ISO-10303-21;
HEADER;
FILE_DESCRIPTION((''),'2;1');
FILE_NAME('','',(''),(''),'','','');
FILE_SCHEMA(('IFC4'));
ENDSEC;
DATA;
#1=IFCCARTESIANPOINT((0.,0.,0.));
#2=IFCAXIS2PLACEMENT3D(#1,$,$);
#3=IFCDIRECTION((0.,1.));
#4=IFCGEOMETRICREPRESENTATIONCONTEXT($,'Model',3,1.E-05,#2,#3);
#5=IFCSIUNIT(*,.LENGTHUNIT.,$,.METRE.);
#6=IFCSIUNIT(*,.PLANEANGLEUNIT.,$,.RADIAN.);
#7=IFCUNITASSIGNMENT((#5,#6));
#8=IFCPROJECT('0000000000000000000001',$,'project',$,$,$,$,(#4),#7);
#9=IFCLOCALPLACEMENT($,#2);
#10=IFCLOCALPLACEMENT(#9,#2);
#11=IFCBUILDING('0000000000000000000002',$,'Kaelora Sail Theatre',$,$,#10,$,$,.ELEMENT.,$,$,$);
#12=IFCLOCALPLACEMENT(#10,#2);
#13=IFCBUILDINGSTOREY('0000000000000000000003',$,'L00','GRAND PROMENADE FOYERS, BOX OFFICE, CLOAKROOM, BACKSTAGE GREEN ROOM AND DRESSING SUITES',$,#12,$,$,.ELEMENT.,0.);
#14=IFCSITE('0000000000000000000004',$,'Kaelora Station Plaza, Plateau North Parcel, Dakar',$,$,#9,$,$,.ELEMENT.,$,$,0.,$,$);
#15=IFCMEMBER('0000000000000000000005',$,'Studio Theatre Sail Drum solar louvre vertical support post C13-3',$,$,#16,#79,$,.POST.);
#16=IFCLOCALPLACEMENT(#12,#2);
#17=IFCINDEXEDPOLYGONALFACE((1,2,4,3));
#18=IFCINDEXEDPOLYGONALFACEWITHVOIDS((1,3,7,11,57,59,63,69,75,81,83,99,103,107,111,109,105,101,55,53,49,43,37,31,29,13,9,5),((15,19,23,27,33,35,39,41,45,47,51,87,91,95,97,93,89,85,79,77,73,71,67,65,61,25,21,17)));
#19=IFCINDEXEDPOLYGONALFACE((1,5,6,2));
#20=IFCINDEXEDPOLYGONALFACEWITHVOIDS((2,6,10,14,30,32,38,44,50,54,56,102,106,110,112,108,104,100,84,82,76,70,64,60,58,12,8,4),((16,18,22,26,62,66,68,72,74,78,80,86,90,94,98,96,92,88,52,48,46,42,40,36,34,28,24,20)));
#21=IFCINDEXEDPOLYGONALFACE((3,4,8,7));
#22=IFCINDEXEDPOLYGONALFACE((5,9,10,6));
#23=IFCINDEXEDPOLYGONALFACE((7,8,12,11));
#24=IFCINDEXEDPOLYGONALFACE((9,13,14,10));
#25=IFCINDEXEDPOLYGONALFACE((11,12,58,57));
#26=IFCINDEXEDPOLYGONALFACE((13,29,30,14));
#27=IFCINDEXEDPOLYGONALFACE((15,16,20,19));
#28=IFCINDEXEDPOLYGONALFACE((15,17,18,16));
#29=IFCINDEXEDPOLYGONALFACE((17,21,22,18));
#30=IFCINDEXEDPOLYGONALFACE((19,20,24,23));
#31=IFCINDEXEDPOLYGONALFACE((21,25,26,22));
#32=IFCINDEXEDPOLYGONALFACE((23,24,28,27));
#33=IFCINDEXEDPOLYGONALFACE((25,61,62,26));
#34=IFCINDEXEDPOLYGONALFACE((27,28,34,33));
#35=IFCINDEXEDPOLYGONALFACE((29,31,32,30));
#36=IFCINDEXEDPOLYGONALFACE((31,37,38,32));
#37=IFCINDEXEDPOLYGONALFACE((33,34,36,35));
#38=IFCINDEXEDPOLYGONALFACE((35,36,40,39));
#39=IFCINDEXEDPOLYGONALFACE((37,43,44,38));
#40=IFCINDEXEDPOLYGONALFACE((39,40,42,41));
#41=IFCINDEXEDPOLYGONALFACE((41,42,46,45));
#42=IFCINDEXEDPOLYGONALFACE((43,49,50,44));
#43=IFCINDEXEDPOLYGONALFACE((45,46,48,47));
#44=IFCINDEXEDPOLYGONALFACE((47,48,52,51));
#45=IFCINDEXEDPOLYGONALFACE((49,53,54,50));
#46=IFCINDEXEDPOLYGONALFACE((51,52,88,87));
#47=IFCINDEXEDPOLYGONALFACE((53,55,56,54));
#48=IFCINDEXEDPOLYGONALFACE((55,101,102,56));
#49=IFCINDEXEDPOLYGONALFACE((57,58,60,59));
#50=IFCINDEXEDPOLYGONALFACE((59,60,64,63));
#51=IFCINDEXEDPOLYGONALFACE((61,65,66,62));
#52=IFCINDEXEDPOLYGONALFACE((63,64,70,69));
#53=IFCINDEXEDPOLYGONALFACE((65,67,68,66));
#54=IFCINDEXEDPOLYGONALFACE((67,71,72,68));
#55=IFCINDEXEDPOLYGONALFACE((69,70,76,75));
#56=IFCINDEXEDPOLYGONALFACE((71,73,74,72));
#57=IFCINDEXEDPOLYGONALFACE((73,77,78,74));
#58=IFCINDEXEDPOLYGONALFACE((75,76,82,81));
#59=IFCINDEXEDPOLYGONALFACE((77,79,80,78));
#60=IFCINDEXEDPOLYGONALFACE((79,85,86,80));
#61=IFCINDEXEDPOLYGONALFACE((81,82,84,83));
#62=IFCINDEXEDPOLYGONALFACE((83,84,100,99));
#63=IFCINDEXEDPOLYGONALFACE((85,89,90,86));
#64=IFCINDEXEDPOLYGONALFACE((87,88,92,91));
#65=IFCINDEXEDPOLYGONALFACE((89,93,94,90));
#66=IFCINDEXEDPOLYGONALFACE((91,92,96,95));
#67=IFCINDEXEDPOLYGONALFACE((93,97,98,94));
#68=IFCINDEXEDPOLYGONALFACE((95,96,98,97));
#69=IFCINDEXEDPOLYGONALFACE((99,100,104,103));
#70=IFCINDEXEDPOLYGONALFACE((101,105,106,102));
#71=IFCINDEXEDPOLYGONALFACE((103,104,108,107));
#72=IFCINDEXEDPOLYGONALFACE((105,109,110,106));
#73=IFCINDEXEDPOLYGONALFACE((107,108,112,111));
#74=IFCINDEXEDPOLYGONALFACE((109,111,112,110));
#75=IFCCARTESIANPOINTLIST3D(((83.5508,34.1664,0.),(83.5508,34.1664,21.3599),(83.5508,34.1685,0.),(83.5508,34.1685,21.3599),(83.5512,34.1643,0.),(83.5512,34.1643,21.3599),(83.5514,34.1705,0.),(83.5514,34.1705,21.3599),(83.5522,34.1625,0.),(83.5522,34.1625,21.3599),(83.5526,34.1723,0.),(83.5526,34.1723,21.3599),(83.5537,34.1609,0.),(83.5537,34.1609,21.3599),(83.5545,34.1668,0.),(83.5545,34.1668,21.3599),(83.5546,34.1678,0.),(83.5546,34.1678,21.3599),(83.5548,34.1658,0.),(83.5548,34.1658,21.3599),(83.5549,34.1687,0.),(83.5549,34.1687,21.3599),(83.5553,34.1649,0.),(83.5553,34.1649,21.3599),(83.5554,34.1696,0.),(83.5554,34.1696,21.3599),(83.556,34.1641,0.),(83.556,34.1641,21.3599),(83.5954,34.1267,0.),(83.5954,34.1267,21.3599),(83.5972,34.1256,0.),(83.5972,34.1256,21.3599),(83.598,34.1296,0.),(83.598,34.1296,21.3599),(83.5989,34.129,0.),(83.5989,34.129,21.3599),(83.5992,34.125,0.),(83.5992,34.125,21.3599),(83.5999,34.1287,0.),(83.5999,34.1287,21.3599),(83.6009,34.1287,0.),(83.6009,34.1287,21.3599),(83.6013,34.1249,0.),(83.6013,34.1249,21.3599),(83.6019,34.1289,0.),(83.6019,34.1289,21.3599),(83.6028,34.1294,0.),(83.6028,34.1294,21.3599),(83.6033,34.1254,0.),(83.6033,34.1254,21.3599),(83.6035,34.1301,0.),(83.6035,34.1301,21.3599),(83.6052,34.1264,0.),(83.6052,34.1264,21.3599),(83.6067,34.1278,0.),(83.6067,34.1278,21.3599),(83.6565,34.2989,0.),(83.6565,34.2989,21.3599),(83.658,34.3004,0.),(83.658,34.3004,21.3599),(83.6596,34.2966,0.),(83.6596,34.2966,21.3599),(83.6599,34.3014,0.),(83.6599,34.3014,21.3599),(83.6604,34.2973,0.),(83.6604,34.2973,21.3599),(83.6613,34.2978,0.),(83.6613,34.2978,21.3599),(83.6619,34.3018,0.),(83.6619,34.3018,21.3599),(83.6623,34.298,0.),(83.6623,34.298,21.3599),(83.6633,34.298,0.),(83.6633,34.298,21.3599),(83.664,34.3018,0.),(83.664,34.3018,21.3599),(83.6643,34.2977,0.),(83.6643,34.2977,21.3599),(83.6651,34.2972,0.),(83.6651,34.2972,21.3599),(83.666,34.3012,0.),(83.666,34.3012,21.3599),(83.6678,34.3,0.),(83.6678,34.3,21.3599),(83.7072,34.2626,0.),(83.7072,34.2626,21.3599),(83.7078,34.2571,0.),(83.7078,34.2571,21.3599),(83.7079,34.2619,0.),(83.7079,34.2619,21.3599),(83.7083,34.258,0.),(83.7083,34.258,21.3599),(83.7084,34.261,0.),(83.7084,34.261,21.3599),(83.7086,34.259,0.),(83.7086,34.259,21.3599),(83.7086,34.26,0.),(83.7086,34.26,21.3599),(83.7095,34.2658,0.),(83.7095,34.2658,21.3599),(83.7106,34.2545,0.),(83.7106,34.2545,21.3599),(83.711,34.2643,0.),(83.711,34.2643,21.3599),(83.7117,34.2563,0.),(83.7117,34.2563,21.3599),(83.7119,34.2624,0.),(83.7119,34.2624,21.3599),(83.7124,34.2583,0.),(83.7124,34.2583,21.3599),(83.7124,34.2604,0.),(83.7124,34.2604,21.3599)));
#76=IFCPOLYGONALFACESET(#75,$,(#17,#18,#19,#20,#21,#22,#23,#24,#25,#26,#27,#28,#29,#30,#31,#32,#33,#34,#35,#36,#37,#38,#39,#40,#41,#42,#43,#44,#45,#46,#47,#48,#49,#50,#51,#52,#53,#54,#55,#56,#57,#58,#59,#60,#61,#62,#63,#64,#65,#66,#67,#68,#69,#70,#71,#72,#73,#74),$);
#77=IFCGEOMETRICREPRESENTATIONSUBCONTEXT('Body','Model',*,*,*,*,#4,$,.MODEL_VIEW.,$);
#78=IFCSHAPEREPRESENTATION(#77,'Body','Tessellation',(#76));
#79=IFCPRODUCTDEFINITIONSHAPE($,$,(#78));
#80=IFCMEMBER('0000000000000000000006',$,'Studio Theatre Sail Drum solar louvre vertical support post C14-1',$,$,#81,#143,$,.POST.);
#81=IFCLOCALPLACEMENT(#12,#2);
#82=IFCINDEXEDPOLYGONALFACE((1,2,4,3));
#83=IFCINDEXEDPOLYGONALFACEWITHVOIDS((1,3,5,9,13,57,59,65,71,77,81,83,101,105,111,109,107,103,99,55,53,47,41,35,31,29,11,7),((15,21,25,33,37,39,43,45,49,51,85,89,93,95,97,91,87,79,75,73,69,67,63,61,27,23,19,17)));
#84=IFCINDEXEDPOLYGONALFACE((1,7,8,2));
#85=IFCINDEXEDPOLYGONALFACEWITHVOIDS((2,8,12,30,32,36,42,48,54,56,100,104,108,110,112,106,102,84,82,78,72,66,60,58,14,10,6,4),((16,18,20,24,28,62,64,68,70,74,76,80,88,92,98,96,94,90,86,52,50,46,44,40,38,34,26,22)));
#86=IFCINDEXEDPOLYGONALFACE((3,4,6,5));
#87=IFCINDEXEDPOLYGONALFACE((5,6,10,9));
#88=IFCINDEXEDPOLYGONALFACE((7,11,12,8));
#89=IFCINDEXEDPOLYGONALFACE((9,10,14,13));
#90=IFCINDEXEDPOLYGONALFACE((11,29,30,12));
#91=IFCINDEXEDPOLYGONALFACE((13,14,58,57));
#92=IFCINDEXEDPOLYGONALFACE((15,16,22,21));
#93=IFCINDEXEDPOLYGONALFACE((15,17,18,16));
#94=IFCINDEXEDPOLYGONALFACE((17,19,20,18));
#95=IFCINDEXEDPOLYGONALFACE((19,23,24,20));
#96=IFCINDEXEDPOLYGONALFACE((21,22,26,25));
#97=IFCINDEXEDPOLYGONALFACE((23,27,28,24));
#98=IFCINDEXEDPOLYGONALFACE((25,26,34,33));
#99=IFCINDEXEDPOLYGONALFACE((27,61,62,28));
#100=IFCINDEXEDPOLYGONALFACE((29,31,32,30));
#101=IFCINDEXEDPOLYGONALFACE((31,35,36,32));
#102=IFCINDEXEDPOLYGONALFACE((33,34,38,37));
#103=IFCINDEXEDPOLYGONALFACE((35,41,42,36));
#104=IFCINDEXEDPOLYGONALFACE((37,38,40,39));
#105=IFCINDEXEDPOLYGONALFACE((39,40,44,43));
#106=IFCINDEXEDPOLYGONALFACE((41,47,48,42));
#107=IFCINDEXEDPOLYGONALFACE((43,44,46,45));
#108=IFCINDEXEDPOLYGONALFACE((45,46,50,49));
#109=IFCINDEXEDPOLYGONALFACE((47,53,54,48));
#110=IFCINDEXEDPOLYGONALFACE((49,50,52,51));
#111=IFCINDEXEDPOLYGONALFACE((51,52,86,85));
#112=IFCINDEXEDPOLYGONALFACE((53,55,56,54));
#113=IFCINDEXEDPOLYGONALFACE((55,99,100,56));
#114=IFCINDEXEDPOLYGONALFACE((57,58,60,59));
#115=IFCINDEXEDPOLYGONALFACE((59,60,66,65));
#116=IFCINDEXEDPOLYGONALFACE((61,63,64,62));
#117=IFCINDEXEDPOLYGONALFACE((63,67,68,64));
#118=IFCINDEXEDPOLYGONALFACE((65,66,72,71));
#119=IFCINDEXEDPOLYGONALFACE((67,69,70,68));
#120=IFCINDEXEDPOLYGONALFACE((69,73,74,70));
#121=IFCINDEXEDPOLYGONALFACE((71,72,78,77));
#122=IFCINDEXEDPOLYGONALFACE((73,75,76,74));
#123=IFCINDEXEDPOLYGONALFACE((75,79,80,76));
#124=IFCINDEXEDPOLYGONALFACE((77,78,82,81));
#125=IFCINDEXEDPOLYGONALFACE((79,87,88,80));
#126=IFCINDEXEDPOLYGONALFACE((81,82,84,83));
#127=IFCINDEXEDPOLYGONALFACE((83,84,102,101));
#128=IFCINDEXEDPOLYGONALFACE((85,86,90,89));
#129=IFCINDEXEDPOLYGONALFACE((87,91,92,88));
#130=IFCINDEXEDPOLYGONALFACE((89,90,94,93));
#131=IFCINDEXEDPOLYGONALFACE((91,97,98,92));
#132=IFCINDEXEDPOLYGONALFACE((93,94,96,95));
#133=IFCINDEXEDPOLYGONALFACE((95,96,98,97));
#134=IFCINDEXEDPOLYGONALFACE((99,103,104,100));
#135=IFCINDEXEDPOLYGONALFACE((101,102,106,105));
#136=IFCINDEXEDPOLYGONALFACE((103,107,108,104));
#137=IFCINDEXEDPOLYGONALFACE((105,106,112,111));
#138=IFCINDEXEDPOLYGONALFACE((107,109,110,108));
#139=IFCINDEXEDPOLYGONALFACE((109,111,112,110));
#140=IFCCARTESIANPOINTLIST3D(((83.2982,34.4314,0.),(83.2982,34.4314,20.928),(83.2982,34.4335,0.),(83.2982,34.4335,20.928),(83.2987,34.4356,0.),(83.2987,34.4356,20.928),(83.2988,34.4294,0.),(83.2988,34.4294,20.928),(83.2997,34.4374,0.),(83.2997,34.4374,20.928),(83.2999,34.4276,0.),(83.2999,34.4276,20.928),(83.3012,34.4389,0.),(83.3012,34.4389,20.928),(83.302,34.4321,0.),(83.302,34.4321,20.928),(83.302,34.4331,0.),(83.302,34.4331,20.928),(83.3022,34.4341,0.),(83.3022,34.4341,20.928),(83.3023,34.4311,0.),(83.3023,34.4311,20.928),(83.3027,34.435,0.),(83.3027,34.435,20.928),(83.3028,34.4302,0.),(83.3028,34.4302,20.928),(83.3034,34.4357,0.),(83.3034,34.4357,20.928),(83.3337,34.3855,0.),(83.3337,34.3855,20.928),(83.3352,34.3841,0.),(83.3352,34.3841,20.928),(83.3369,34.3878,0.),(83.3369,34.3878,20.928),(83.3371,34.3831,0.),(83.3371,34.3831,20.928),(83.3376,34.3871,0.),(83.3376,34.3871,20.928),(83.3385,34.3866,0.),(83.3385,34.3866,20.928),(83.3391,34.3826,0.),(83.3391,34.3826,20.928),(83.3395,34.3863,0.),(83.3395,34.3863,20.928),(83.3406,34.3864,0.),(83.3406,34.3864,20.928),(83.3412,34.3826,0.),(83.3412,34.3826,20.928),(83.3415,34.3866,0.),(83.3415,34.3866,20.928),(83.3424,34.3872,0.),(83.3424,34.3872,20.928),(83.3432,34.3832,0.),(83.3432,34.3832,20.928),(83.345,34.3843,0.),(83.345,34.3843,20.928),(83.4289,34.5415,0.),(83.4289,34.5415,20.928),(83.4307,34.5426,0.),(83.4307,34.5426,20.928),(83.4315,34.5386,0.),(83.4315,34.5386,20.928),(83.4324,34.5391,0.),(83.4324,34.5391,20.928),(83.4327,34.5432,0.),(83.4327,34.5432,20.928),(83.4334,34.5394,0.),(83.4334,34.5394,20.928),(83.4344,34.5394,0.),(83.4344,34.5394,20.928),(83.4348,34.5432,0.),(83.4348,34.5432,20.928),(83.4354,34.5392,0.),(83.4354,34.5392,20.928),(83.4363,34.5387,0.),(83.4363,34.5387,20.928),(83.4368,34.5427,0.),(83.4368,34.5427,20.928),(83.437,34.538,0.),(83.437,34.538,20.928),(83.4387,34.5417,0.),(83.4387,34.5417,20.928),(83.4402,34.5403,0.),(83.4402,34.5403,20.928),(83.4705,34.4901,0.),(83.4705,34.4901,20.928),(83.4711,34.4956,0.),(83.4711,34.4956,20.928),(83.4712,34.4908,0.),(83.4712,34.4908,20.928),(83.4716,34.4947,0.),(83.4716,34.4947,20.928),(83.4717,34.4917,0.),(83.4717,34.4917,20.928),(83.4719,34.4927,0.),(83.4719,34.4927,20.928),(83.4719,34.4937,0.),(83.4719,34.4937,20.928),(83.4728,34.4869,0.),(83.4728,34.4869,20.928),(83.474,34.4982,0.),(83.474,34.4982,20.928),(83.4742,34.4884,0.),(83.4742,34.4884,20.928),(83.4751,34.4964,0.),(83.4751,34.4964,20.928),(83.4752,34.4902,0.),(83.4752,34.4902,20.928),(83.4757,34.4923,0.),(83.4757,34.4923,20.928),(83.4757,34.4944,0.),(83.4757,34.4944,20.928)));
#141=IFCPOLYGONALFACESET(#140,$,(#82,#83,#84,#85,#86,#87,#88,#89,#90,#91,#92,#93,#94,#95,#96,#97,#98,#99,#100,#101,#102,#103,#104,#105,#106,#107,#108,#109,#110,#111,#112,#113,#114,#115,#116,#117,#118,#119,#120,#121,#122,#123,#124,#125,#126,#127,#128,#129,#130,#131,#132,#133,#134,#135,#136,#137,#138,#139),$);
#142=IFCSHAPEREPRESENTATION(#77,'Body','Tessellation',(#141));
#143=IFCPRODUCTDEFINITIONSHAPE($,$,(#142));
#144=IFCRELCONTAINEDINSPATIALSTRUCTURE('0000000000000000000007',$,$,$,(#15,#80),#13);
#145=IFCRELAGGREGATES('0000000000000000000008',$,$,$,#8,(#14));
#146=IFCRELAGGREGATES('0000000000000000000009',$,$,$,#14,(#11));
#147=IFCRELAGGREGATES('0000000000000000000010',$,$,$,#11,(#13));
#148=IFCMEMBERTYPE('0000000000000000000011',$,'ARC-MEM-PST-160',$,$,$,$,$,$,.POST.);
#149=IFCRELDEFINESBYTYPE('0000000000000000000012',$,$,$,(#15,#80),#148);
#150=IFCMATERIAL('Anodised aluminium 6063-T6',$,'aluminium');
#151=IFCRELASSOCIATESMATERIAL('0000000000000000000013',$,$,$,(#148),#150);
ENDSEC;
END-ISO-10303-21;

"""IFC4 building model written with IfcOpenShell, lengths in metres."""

from ifc_helpers import new_model, si_unit, direction, frame, origin, origin_2d, place, context, subcontext, project, spatial, hollow_rectangle, extrude, material, material_profile, profile_set, type_object, element, save


model = new_model("IFC4")

# Units and contexts
model_context = context("Model", 3, precision=1e-05, world=origin(), true_north=direction((0.0, 1.0)))
body_context = subcontext(model_context, "Body", "Model", "MODEL_VIEW")
ifc_project = project(units=[si_unit("LENGTHUNIT", "METRE"), si_unit("PLANEANGLEUNIT", "RADIAN")], contexts=[model_context])

# Site, building, storey
site_placement = place(None, origin())
site = spatial("IfcSite", under=ifc_project, at=site_placement, Name="Kaelora Station Plaza, Plateau North Parcel, Dakar", CompositionType="ELEMENT", RefElevation=0.0)
building_placement = place(site_placement, origin())
building = spatial("IfcBuilding", under=site, at=building_placement, Name="Kaelora Sail Theatre", CompositionType="ELEMENT")
storey_placement = place(building_placement, origin())
storey = spatial("IfcBuildingStorey", under=building, at=storey_placement, Name="L00", Description="GRAND PROMENADE FOYERS, BOX OFFICE, CLOAKROOM, BACKSTAGE GREEN ROOM AND DRESSING SUITES", CompositionType="ELEMENT", Elevation=0.0)

# Members
ifc_material_1 = material(Name="Anodised aluminium 6063-T6", Category="aluminium")
ifc_material_profile_1 = material_profile(ifc_material_1, hollow_rectangle(XDim=0.0701, YDim=0.1799, WallThickness=0.0039, InnerFilletRadius=0.0039, OuterFilletRadius=0.0081, at=origin_2d()), Name="ALU-MULL 70x180x4")
ifc_profile_set_1 = profile_set([ifc_material_profile_1], Name="Anodised aluminium 6063-T6")
member_type_1 = type_object("IfcMemberType", Name="ARC-MEM-PST-160", PredefinedType="POST", material=ifc_profile_set_1)
member_placement = place(storey_placement, frame((83.6316, 34.2134, 0.0), z_axis=(0.0, 0.0, 1.0), x_axis=(-0.773066, 0.634326, 0.0)))
element("IfcMember", 1, at=member_placement, inside=storey, type_object=member_type_1, Name="Studio Theatre Sail Drum solar louvre vertical support post C13-3", PredefinedType="POST", context=body_context, shape_type="SweptSolid", body=[
    extrude(hollow_rectangle(XDim=0.0701, YDim=0.1799, WallThickness=0.0039, InnerFilletRadius=0.0039, OuterFilletRadius=0.0081, at=origin_2d()), origin(), (0.0, 0.0, 1.0), 21.3599),
])
for number, where, z_axis, x_axis, name in (
    (2, (83.387, 34.4629, 0.0), (0.0, 0.0, 1.0), (-0.626196, 0.779666, 0.0), "Studio Theatre Sail Drum solar louvre vertical support post C14-1"),
):
    element("IfcMember", number, at=place(storey_placement, frame(where, z_axis=z_axis, x_axis=x_axis)), inside=storey, type_object=member_type_1, Name=name, PredefinedType="POST", context=body_context, shape_type="SweptSolid", body=[
        extrude(hollow_rectangle(XDim=0.0701, YDim=0.1799, WallThickness=0.0039, InnerFilletRadius=0.0039, OuterFilletRadius=0.0081, at=origin_2d()), origin(), (0.0, 0.0, 1.0), 20.928),
    ])

save(model, "model.ifc")
